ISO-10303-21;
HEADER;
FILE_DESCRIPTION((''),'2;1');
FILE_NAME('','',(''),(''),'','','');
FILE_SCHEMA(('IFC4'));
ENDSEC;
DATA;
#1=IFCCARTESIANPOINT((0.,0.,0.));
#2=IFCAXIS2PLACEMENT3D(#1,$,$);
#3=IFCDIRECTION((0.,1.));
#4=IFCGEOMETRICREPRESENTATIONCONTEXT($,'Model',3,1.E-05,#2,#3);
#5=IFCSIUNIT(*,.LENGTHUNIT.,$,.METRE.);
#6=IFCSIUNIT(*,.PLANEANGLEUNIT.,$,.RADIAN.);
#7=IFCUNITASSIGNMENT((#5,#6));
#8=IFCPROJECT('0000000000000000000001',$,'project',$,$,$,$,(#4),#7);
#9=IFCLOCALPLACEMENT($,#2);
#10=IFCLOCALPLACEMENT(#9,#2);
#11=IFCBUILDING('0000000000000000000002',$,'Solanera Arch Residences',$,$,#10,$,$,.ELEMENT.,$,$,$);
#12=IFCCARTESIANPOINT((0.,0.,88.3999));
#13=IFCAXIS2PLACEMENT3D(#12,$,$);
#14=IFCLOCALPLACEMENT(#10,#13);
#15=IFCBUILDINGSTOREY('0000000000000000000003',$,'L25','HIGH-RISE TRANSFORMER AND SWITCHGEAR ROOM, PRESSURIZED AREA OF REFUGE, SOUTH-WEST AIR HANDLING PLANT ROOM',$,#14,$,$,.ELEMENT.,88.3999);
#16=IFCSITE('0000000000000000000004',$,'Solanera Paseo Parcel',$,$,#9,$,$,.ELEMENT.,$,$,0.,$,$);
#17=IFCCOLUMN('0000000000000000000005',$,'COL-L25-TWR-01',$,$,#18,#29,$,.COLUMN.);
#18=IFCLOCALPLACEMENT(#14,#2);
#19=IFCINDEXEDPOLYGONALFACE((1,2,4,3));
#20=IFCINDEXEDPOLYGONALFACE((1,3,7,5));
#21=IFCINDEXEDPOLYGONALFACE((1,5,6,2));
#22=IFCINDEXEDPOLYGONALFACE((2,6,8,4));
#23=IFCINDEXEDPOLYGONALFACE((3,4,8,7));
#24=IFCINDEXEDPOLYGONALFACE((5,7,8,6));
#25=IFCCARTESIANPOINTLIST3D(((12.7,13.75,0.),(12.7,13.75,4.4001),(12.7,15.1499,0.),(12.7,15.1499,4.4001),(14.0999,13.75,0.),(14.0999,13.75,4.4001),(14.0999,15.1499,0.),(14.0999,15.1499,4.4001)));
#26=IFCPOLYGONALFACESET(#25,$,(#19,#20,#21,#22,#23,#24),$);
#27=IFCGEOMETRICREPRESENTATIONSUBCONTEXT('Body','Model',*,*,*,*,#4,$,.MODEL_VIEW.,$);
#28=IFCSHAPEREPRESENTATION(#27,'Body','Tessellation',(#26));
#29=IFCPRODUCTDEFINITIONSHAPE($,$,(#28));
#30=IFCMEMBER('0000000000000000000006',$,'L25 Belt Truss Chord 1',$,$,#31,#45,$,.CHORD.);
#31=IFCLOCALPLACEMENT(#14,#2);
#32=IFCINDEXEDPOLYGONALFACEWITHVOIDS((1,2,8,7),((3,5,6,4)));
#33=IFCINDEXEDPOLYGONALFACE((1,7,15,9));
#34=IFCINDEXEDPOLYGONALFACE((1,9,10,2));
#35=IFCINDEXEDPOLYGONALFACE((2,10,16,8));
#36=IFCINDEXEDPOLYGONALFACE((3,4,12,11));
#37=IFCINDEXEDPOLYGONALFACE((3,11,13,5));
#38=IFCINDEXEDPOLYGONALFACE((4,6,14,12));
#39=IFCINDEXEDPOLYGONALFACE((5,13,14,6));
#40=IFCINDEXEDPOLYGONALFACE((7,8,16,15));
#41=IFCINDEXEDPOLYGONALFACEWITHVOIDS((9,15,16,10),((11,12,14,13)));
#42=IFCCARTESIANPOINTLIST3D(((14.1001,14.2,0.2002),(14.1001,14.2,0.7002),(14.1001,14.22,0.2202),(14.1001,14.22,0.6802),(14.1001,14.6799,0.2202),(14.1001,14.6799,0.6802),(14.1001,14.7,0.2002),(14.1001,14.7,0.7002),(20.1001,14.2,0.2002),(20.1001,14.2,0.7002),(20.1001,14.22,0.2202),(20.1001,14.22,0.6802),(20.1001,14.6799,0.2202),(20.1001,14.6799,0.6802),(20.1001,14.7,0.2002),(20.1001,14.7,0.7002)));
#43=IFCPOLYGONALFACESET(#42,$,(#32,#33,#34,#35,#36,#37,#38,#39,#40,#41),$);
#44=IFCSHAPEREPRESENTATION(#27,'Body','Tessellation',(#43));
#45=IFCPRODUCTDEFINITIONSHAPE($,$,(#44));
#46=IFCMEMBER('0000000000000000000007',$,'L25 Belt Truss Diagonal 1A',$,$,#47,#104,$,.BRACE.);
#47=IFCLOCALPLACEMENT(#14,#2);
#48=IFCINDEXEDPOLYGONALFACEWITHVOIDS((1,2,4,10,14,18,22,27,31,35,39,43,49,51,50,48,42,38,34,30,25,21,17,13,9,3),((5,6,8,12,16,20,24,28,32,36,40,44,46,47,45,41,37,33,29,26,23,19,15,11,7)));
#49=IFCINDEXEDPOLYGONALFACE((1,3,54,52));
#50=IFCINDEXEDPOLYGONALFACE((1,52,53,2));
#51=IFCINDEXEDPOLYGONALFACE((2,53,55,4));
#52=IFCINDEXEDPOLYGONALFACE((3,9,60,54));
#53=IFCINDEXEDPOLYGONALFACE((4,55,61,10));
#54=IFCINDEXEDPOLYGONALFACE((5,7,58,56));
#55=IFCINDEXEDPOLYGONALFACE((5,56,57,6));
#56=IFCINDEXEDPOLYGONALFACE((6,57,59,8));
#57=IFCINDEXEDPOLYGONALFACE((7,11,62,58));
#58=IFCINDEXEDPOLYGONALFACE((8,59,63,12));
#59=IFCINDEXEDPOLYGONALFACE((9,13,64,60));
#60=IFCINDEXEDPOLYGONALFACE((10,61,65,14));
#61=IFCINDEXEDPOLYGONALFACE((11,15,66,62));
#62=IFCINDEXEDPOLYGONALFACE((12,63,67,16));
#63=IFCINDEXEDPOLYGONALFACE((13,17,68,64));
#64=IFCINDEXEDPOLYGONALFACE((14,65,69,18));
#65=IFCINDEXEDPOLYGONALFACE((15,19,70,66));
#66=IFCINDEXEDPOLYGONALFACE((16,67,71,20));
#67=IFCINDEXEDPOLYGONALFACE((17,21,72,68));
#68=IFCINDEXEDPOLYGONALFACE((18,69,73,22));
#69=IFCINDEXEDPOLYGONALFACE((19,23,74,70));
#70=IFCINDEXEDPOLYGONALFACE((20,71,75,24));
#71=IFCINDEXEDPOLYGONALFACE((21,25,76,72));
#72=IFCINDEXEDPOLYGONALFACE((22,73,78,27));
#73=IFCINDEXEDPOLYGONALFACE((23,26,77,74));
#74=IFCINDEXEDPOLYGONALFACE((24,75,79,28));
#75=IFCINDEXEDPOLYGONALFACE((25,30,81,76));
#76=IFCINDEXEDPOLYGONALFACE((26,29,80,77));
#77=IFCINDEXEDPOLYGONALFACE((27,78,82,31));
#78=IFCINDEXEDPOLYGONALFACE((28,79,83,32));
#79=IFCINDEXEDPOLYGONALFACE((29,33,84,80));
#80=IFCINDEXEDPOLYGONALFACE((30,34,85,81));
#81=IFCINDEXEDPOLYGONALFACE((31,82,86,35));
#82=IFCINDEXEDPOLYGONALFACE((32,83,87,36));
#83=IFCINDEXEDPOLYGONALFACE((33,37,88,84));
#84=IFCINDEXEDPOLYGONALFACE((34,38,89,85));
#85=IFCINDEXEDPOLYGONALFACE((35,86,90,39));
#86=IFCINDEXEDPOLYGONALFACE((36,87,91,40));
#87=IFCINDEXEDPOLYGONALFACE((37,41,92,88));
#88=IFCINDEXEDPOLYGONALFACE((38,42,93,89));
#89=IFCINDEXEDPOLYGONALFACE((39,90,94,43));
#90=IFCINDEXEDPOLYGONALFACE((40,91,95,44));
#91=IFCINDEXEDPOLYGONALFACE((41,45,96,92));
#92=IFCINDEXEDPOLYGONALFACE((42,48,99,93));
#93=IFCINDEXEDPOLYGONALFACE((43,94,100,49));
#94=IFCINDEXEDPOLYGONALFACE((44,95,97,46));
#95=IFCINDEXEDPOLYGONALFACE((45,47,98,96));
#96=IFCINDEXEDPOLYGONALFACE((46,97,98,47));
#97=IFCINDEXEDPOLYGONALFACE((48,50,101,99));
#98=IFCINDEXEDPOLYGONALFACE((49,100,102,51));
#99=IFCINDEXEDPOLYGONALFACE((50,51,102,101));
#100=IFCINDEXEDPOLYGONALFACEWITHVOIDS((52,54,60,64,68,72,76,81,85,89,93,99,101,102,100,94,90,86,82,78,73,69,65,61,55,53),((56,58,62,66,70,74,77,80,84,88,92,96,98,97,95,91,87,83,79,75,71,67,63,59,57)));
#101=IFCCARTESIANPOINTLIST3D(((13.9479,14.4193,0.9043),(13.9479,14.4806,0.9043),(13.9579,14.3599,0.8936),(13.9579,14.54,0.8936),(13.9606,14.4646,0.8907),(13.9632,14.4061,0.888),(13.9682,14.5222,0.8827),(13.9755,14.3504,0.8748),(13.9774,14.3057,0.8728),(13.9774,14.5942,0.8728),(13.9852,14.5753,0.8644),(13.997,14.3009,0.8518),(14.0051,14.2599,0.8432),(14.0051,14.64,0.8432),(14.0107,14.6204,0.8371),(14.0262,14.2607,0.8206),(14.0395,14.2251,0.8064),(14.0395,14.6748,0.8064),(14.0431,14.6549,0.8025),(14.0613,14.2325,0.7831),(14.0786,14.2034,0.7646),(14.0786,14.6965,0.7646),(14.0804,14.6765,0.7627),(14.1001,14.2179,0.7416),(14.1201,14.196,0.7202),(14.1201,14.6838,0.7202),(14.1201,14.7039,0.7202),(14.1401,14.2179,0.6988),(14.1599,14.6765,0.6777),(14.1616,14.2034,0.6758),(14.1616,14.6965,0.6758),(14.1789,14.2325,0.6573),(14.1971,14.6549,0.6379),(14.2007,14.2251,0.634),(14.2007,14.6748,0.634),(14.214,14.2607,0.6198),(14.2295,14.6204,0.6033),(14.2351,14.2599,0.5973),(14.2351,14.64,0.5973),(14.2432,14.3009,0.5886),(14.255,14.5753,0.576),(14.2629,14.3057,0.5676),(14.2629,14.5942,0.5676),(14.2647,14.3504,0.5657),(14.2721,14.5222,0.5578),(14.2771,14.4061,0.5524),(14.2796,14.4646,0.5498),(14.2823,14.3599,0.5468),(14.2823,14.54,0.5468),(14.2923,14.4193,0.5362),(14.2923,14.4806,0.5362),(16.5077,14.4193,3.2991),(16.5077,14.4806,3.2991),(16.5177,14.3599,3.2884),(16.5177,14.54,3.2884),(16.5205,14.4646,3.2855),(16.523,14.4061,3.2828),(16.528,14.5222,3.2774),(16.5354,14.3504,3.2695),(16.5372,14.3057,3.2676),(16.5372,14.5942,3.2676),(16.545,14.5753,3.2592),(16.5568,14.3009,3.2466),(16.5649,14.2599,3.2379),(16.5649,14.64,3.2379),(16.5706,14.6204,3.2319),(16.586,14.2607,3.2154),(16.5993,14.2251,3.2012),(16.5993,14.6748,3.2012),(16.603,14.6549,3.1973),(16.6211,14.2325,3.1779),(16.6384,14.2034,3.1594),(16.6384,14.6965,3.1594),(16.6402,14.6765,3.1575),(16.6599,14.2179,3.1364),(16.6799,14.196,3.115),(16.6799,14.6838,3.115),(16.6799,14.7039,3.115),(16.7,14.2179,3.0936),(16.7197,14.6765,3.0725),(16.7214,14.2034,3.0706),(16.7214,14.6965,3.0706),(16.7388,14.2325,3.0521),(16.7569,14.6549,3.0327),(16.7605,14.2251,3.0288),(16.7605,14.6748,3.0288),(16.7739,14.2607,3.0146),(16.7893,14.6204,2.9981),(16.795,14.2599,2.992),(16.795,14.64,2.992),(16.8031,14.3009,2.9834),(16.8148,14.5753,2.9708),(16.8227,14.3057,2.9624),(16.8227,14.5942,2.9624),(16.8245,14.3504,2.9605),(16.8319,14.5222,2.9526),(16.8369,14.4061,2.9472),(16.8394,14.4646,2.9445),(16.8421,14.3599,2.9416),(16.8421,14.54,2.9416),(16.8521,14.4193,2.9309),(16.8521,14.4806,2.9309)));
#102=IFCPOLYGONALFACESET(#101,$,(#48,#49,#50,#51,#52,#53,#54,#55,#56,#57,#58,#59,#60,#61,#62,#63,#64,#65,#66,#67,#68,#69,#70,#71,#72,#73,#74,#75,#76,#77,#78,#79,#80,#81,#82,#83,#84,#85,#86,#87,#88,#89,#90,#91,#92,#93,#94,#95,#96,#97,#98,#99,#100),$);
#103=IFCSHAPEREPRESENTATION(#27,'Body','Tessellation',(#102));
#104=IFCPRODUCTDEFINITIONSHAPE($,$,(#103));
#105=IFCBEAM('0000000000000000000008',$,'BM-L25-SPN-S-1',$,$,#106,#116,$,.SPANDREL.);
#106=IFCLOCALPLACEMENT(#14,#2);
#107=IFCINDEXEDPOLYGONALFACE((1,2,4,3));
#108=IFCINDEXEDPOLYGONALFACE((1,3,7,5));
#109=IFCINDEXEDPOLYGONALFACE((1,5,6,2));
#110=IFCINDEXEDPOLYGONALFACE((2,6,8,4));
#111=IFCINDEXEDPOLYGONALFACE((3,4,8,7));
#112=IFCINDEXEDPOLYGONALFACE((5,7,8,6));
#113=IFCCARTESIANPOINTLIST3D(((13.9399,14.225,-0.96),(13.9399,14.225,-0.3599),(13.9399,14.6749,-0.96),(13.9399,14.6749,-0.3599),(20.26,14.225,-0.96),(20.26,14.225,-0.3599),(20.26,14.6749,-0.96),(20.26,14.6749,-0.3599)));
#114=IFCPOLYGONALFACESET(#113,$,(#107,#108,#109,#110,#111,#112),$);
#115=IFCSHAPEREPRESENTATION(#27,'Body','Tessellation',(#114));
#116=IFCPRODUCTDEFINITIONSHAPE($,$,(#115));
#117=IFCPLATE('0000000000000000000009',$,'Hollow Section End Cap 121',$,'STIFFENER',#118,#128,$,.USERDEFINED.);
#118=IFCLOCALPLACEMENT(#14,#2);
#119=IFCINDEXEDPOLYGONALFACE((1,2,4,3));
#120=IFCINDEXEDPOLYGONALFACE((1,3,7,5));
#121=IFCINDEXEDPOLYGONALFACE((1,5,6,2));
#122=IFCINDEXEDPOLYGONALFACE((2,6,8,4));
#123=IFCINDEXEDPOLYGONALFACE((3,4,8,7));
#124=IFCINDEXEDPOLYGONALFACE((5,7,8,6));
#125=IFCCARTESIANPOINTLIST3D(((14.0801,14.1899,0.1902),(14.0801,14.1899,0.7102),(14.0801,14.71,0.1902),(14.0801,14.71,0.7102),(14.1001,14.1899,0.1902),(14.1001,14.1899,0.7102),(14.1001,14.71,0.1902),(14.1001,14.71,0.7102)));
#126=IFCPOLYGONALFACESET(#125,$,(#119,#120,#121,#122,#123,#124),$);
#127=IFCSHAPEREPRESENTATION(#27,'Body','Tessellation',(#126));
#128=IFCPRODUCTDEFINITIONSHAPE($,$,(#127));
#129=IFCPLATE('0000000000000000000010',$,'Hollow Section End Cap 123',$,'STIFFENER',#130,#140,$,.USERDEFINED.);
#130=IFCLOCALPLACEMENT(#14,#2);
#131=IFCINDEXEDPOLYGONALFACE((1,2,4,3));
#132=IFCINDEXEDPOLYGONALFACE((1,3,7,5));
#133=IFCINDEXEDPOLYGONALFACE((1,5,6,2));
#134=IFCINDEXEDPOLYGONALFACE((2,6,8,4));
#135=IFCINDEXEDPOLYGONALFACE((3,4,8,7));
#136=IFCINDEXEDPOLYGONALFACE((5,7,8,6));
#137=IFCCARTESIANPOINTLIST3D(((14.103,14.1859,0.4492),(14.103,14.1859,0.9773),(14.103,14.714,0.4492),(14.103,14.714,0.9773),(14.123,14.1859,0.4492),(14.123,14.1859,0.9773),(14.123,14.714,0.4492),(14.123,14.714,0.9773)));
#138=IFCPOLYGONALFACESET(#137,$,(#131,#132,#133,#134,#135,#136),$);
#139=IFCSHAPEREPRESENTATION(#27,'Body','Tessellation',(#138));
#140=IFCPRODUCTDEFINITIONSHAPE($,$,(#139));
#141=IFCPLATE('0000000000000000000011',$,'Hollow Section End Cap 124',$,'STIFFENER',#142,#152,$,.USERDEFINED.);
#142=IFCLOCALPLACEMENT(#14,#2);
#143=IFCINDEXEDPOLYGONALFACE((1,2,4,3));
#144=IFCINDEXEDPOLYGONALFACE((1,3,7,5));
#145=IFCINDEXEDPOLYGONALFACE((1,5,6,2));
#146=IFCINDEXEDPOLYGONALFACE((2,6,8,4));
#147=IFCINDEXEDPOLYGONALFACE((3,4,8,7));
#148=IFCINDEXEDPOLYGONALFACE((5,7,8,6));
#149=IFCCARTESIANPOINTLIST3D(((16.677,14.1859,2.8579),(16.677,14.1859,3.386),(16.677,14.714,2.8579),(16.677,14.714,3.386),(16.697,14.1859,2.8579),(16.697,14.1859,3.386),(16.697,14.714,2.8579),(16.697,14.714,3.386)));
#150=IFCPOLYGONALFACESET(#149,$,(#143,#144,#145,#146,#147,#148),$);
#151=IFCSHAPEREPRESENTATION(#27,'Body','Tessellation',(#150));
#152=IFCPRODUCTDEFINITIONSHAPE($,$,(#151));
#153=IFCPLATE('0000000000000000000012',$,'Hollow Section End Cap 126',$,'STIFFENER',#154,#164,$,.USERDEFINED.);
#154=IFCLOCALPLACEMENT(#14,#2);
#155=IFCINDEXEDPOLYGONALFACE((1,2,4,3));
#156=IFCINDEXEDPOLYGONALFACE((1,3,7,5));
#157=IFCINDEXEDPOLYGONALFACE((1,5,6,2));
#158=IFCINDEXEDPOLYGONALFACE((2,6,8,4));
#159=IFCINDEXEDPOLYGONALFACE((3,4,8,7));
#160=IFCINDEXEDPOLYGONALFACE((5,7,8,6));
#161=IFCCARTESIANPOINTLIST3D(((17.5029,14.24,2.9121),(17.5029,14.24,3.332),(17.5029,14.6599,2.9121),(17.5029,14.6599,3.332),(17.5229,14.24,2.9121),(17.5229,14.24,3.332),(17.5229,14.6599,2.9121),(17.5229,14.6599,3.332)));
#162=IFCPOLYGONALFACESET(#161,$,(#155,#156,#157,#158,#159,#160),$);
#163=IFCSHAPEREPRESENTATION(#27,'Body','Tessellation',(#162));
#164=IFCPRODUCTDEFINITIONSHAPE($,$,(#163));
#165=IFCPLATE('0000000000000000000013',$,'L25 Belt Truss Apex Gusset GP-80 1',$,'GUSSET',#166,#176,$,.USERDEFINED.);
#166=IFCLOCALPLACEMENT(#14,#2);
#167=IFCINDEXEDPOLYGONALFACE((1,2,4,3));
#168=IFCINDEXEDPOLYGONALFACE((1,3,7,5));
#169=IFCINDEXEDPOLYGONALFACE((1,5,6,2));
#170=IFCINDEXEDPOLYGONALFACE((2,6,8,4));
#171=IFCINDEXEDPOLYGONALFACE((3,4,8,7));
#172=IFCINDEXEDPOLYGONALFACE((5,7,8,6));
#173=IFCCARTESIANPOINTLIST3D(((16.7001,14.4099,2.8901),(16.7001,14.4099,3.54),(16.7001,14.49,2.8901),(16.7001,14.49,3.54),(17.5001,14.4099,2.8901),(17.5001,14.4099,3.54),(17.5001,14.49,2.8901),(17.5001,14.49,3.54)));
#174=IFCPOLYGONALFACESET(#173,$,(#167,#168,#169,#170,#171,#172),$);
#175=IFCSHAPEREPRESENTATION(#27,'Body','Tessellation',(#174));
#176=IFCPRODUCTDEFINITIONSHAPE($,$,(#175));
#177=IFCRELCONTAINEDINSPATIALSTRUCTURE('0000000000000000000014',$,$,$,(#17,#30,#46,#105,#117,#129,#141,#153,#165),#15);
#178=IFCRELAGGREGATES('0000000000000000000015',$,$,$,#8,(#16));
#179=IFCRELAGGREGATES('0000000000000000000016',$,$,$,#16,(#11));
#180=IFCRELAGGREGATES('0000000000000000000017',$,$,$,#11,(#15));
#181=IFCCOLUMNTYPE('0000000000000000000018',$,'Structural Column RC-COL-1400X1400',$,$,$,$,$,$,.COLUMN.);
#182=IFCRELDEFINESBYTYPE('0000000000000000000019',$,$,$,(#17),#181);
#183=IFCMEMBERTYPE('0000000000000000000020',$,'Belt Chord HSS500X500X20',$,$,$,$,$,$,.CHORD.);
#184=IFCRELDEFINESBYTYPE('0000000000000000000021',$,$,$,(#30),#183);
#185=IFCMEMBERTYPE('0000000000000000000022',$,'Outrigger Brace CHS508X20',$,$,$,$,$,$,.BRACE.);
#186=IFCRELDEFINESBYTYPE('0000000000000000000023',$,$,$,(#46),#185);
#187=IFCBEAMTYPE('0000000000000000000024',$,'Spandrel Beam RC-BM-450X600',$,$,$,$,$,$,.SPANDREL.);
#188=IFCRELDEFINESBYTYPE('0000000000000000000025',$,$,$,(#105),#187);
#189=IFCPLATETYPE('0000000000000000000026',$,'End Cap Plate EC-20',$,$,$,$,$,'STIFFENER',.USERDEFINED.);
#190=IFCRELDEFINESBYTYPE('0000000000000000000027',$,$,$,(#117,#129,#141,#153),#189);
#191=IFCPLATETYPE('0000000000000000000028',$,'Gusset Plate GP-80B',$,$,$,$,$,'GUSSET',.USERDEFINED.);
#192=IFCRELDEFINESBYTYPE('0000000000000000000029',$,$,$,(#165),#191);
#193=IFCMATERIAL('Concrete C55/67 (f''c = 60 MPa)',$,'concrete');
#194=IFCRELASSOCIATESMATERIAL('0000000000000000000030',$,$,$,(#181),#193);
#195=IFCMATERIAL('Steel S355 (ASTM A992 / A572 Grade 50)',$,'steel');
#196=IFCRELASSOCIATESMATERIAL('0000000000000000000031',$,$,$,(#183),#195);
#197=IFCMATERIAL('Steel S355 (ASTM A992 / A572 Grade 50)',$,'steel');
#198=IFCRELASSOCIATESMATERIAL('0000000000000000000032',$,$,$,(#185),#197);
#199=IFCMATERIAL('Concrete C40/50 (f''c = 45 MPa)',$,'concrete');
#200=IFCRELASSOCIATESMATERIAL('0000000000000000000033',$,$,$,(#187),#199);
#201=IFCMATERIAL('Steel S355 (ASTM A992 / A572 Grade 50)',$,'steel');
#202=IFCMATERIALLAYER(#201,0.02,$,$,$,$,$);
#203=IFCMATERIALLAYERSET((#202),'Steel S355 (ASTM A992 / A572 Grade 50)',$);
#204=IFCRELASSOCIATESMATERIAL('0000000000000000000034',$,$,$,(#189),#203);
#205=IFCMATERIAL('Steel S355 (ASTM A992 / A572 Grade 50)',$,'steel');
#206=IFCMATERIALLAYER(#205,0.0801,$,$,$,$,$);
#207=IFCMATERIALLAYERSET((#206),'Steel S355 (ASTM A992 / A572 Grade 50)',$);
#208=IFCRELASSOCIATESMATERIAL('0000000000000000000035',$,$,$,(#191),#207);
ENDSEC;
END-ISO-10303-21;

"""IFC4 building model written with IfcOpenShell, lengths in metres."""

from ifc_helpers import new_model, si_unit, direction, frame, origin, origin_2d, place, context, subcontext, project, spatial, rectangle, hollow_rectangle, hollow_circle, extrude, material, layer, layer_set, material_profile, profile_set, type_object, element, save


model = new_model("IFC4")

# Units and contexts
model_context = context("Model", 3, precision=1e-05, world=origin(), true_north=direction((0.0, 1.0)))
body_context = subcontext(model_context, "Body", "Model", "MODEL_VIEW")
ifc_project = project(units=[si_unit("LENGTHUNIT", "METRE"), si_unit("PLANEANGLEUNIT", "RADIAN")], contexts=[model_context])

# Site, building, storey
site_placement = place(None, origin())
site = spatial("IfcSite", under=ifc_project, at=site_placement, Name="Solanera Paseo Parcel", CompositionType="ELEMENT", RefElevation=0.0)
building_placement = place(site_placement, origin())
building = spatial("IfcBuilding", under=site, at=building_placement, Name="Solanera Arch Residences", CompositionType="ELEMENT")
storey_placement = place(building_placement, frame((0.0, 0.0, 88.3999)))
storey = spatial("IfcBuildingStorey", under=building, at=storey_placement, Name="L25", Description="HIGH-RISE TRANSFORMER AND SWITCHGEAR ROOM, PRESSURIZED AREA OF REFUGE, SOUTH-WEST AIR HANDLING PLANT ROOM", CompositionType="ELEMENT", Elevation=88.3999)

# Column
ifc_material_1 = material(Name="Concrete C55/67 (f'c = 60 MPa)", Category="concrete")
ifc_material_profile_1 = material_profile(ifc_material_1, rectangle(XDim=1.3999, YDim=1.3999, at=origin_2d()))
ifc_profile_set_1 = profile_set([ifc_material_profile_1], Name="Concrete C55/67 (f'c = 60 MPa)")
column_type = type_object("IfcColumnType", Name="Structural Column RC-COL-1400X1400", PredefinedType="COLUMN", material=ifc_profile_set_1)
column_placement = place(storey_placement, frame((13.3999, 14.45, 0.0), z_axis=(0.0, 0.0, 1.0), x_axis=(1.0, 0.0, 0.0)))
element("IfcColumn", 1, at=column_placement, inside=storey, type_object=column_type, Name="COL-L25-TWR-01", PredefinedType="COLUMN", context=body_context, shape_type="SweptSolid", body=[
    extrude(rectangle(XDim=1.3999, YDim=1.3999, at=origin_2d()), origin(), (0.0, 0.0, 1.0), 4.4001),
])

# Members
ifc_material_2 = material(Name="Steel S355 (ASTM A992 / A572 Grade 50)", Category="steel")
ifc_material_profile_2 = material_profile(ifc_material_2, hollow_rectangle(XDim=0.5, YDim=0.5, WallThickness=0.02, at=origin_2d()))
ifc_profile_set_2 = profile_set([ifc_material_profile_2], Name="Steel S355 (ASTM A992 / A572 Grade 50)")
member_type_1 = type_object("IfcMemberType", Name="Belt Chord HSS500X500X20", PredefinedType="CHORD", material=ifc_profile_set_2)
member_1_placement = place(storey_placement, frame((14.1001, 14.45, 0.4502), z_axis=(1.0, 0.0, 0.0), x_axis=(0.0, 1.0, 0.0)))
element("IfcMember", 2, at=member_1_placement, inside=storey, type_object=member_type_1, Name="L25 Belt Truss Chord 1", PredefinedType="CHORD", context=body_context, shape_type="SweptSolid", body=[
    extrude(hollow_rectangle(XDim=0.5, YDim=0.5, WallThickness=0.02, at=origin_2d()), origin(), (0.0, 0.0, 1.0), 6.0),
])
ifc_material_3 = material(Name="Steel S355 (ASTM A992 / A572 Grade 50)", Category="steel")
ifc_material_profile_3 = material_profile(ifc_material_3, hollow_circle(Radius=0.2539, WallThickness=0.02, at=origin_2d()))
ifc_profile_set_3 = profile_set([ifc_material_profile_3], Name="Steel S355 (ASTM A992 / A572 Grade 50)")
member_type_2 = type_object("IfcMemberType", Name="Outrigger Brace CHS508X20", PredefinedType="BRACE", material=ifc_profile_set_3)
member_2_placement = place(storey_placement, frame((14.1201, 14.45, 0.7202), z_axis=(0.730256, 0.0, 0.683174), x_axis=(0.0, 1.0, 0.0)))
element("IfcMember", 3, at=member_2_placement, inside=storey, type_object=member_type_2, Name="L25 Belt Truss Diagonal 1A", PredefinedType="BRACE", context=body_context, shape_type="SweptSolid", body=[
    extrude(hollow_circle(Radius=0.2539, WallThickness=0.02, at=origin_2d()), origin(), (0.0, 0.0, 1.0), 3.5054),
])

# Beam
ifc_material_4 = material(Name="Concrete C40/50 (f'c = 45 MPa)", Category="concrete")
ifc_material_profile_4 = material_profile(ifc_material_4, rectangle(XDim=0.45, YDim=0.6001, at=origin_2d()))
ifc_profile_set_4 = profile_set([ifc_material_profile_4], Name="Concrete C40/50 (f'c = 45 MPa)")
beam_type = type_object("IfcBeamType", Name="Spandrel Beam RC-BM-450X600", PredefinedType="SPANDREL", material=ifc_profile_set_4)
beam_placement = place(storey_placement, frame((13.9399, 14.45, -0.6599), z_axis=(1.0, 0.0, 0.0), x_axis=(0.0, 1.0, 0.0)))
element("IfcBeam", 4, at=beam_placement, inside=storey, type_object=beam_type, Name="BM-L25-SPN-S-1", PredefinedType="SPANDREL", context=body_context, shape_type="SweptSolid", body=[
    extrude(rectangle(XDim=0.45, YDim=0.6001, at=origin_2d()), origin(), (0.0, 0.0, 1.0), 6.3201),
])

# Plates
ifc_material_5 = material(Name="Steel S355 (ASTM A992 / A572 Grade 50)", Category="steel")
ifc_layer_1 = layer(ifc_material_5, 0.02)
ifc_layer_set_1 = layer_set([ifc_layer_1], Name="Steel S355 (ASTM A992 / A572 Grade 50)")
plate_type_1 = type_object("IfcPlateType", Name="End Cap Plate EC-20", ElementType="STIFFENER", PredefinedType="USERDEFINED", material=ifc_layer_set_1)
plate_1_placement = place(storey_placement, frame((14.0901, 14.45, 0.1902), z_axis=(0.0, 0.0, 1.0), x_axis=(-1.0, 0.0, 0.0)))
element("IfcPlate", 5, at=plate_1_placement, inside=storey, type_object=plate_type_1, Name="Hollow Section End Cap 121", ObjectType="STIFFENER", PredefinedType="USERDEFINED", context=body_context, shape_type="SweptSolid", body=[
    extrude(rectangle(XDim=0.02, YDim=0.52, at=origin_2d()), origin(), (0.0, 0.0, 1.0), 0.52),
])
for number, where, z_axis, x_axis, name in (
    (6, (14.113, 14.45, 0.4492), (0.0, 0.0, 1.0), (-1.0, 0.0, 0.0), "Hollow Section End Cap 123"),
    (7, (16.687, 14.45, 2.8579), (0.0, 0.0, 1.0), (1.0, 0.0, 0.0), "Hollow Section End Cap 124"),
):
    element("IfcPlate", number, at=place(storey_placement, frame(where, z_axis=z_axis, x_axis=x_axis)), inside=storey, type_object=plate_type_1, Name=name, ObjectType="STIFFENER", PredefinedType="USERDEFINED", context=body_context, shape_type="SweptSolid", body=[
        extrude(rectangle(XDim=0.02, YDim=0.5281, at=origin_2d()), origin(), (0.0, 0.0, 1.0), 0.5281),
    ])
plate_2_placement = place(storey_placement, frame((17.5129, 14.45, 2.9121), z_axis=(0.0, 0.0, 1.0), x_axis=(-1.0, 0.0, 0.0)))
element("IfcPlate", 8, at=plate_2_placement, inside=storey, type_object=plate_type_1, Name="Hollow Section End Cap 126", ObjectType="STIFFENER", PredefinedType="USERDEFINED", context=body_context, shape_type="SweptSolid", body=[
    extrude(rectangle(XDim=0.02, YDim=0.4199, at=origin_2d()), origin(), (0.0, 0.0, 1.0), 0.4199),
])
ifc_material_6 = material(Name="Steel S355 (ASTM A992 / A572 Grade 50)", Category="steel")
ifc_layer_2 = layer(ifc_material_6, 0.0801)
ifc_layer_set_2 = layer_set([ifc_layer_2], Name="Steel S355 (ASTM A992 / A572 Grade 50)")
plate_type_2 = type_object("IfcPlateType", Name="Gusset Plate GP-80B", ElementType="GUSSET", PredefinedType="USERDEFINED", material=ifc_layer_set_2)
plate_3_placement = place(storey_placement, frame((17.1001, 14.45, 2.8901), z_axis=(0.0, 0.0, 1.0), x_axis=(1.0, 0.0, 0.0)))
element("IfcPlate", 9, at=plate_3_placement, inside=storey, type_object=plate_type_2, Name="L25 Belt Truss Apex Gusset GP-80 1", ObjectType="GUSSET", PredefinedType="USERDEFINED", context=body_context, shape_type="SweptSolid", body=[
    extrude(rectangle(XDim=0.8, YDim=0.0801, at=origin_2d()), origin(), (0.0, 0.0, 1.0), 0.6499),
])

save(model, "model.ifc")
